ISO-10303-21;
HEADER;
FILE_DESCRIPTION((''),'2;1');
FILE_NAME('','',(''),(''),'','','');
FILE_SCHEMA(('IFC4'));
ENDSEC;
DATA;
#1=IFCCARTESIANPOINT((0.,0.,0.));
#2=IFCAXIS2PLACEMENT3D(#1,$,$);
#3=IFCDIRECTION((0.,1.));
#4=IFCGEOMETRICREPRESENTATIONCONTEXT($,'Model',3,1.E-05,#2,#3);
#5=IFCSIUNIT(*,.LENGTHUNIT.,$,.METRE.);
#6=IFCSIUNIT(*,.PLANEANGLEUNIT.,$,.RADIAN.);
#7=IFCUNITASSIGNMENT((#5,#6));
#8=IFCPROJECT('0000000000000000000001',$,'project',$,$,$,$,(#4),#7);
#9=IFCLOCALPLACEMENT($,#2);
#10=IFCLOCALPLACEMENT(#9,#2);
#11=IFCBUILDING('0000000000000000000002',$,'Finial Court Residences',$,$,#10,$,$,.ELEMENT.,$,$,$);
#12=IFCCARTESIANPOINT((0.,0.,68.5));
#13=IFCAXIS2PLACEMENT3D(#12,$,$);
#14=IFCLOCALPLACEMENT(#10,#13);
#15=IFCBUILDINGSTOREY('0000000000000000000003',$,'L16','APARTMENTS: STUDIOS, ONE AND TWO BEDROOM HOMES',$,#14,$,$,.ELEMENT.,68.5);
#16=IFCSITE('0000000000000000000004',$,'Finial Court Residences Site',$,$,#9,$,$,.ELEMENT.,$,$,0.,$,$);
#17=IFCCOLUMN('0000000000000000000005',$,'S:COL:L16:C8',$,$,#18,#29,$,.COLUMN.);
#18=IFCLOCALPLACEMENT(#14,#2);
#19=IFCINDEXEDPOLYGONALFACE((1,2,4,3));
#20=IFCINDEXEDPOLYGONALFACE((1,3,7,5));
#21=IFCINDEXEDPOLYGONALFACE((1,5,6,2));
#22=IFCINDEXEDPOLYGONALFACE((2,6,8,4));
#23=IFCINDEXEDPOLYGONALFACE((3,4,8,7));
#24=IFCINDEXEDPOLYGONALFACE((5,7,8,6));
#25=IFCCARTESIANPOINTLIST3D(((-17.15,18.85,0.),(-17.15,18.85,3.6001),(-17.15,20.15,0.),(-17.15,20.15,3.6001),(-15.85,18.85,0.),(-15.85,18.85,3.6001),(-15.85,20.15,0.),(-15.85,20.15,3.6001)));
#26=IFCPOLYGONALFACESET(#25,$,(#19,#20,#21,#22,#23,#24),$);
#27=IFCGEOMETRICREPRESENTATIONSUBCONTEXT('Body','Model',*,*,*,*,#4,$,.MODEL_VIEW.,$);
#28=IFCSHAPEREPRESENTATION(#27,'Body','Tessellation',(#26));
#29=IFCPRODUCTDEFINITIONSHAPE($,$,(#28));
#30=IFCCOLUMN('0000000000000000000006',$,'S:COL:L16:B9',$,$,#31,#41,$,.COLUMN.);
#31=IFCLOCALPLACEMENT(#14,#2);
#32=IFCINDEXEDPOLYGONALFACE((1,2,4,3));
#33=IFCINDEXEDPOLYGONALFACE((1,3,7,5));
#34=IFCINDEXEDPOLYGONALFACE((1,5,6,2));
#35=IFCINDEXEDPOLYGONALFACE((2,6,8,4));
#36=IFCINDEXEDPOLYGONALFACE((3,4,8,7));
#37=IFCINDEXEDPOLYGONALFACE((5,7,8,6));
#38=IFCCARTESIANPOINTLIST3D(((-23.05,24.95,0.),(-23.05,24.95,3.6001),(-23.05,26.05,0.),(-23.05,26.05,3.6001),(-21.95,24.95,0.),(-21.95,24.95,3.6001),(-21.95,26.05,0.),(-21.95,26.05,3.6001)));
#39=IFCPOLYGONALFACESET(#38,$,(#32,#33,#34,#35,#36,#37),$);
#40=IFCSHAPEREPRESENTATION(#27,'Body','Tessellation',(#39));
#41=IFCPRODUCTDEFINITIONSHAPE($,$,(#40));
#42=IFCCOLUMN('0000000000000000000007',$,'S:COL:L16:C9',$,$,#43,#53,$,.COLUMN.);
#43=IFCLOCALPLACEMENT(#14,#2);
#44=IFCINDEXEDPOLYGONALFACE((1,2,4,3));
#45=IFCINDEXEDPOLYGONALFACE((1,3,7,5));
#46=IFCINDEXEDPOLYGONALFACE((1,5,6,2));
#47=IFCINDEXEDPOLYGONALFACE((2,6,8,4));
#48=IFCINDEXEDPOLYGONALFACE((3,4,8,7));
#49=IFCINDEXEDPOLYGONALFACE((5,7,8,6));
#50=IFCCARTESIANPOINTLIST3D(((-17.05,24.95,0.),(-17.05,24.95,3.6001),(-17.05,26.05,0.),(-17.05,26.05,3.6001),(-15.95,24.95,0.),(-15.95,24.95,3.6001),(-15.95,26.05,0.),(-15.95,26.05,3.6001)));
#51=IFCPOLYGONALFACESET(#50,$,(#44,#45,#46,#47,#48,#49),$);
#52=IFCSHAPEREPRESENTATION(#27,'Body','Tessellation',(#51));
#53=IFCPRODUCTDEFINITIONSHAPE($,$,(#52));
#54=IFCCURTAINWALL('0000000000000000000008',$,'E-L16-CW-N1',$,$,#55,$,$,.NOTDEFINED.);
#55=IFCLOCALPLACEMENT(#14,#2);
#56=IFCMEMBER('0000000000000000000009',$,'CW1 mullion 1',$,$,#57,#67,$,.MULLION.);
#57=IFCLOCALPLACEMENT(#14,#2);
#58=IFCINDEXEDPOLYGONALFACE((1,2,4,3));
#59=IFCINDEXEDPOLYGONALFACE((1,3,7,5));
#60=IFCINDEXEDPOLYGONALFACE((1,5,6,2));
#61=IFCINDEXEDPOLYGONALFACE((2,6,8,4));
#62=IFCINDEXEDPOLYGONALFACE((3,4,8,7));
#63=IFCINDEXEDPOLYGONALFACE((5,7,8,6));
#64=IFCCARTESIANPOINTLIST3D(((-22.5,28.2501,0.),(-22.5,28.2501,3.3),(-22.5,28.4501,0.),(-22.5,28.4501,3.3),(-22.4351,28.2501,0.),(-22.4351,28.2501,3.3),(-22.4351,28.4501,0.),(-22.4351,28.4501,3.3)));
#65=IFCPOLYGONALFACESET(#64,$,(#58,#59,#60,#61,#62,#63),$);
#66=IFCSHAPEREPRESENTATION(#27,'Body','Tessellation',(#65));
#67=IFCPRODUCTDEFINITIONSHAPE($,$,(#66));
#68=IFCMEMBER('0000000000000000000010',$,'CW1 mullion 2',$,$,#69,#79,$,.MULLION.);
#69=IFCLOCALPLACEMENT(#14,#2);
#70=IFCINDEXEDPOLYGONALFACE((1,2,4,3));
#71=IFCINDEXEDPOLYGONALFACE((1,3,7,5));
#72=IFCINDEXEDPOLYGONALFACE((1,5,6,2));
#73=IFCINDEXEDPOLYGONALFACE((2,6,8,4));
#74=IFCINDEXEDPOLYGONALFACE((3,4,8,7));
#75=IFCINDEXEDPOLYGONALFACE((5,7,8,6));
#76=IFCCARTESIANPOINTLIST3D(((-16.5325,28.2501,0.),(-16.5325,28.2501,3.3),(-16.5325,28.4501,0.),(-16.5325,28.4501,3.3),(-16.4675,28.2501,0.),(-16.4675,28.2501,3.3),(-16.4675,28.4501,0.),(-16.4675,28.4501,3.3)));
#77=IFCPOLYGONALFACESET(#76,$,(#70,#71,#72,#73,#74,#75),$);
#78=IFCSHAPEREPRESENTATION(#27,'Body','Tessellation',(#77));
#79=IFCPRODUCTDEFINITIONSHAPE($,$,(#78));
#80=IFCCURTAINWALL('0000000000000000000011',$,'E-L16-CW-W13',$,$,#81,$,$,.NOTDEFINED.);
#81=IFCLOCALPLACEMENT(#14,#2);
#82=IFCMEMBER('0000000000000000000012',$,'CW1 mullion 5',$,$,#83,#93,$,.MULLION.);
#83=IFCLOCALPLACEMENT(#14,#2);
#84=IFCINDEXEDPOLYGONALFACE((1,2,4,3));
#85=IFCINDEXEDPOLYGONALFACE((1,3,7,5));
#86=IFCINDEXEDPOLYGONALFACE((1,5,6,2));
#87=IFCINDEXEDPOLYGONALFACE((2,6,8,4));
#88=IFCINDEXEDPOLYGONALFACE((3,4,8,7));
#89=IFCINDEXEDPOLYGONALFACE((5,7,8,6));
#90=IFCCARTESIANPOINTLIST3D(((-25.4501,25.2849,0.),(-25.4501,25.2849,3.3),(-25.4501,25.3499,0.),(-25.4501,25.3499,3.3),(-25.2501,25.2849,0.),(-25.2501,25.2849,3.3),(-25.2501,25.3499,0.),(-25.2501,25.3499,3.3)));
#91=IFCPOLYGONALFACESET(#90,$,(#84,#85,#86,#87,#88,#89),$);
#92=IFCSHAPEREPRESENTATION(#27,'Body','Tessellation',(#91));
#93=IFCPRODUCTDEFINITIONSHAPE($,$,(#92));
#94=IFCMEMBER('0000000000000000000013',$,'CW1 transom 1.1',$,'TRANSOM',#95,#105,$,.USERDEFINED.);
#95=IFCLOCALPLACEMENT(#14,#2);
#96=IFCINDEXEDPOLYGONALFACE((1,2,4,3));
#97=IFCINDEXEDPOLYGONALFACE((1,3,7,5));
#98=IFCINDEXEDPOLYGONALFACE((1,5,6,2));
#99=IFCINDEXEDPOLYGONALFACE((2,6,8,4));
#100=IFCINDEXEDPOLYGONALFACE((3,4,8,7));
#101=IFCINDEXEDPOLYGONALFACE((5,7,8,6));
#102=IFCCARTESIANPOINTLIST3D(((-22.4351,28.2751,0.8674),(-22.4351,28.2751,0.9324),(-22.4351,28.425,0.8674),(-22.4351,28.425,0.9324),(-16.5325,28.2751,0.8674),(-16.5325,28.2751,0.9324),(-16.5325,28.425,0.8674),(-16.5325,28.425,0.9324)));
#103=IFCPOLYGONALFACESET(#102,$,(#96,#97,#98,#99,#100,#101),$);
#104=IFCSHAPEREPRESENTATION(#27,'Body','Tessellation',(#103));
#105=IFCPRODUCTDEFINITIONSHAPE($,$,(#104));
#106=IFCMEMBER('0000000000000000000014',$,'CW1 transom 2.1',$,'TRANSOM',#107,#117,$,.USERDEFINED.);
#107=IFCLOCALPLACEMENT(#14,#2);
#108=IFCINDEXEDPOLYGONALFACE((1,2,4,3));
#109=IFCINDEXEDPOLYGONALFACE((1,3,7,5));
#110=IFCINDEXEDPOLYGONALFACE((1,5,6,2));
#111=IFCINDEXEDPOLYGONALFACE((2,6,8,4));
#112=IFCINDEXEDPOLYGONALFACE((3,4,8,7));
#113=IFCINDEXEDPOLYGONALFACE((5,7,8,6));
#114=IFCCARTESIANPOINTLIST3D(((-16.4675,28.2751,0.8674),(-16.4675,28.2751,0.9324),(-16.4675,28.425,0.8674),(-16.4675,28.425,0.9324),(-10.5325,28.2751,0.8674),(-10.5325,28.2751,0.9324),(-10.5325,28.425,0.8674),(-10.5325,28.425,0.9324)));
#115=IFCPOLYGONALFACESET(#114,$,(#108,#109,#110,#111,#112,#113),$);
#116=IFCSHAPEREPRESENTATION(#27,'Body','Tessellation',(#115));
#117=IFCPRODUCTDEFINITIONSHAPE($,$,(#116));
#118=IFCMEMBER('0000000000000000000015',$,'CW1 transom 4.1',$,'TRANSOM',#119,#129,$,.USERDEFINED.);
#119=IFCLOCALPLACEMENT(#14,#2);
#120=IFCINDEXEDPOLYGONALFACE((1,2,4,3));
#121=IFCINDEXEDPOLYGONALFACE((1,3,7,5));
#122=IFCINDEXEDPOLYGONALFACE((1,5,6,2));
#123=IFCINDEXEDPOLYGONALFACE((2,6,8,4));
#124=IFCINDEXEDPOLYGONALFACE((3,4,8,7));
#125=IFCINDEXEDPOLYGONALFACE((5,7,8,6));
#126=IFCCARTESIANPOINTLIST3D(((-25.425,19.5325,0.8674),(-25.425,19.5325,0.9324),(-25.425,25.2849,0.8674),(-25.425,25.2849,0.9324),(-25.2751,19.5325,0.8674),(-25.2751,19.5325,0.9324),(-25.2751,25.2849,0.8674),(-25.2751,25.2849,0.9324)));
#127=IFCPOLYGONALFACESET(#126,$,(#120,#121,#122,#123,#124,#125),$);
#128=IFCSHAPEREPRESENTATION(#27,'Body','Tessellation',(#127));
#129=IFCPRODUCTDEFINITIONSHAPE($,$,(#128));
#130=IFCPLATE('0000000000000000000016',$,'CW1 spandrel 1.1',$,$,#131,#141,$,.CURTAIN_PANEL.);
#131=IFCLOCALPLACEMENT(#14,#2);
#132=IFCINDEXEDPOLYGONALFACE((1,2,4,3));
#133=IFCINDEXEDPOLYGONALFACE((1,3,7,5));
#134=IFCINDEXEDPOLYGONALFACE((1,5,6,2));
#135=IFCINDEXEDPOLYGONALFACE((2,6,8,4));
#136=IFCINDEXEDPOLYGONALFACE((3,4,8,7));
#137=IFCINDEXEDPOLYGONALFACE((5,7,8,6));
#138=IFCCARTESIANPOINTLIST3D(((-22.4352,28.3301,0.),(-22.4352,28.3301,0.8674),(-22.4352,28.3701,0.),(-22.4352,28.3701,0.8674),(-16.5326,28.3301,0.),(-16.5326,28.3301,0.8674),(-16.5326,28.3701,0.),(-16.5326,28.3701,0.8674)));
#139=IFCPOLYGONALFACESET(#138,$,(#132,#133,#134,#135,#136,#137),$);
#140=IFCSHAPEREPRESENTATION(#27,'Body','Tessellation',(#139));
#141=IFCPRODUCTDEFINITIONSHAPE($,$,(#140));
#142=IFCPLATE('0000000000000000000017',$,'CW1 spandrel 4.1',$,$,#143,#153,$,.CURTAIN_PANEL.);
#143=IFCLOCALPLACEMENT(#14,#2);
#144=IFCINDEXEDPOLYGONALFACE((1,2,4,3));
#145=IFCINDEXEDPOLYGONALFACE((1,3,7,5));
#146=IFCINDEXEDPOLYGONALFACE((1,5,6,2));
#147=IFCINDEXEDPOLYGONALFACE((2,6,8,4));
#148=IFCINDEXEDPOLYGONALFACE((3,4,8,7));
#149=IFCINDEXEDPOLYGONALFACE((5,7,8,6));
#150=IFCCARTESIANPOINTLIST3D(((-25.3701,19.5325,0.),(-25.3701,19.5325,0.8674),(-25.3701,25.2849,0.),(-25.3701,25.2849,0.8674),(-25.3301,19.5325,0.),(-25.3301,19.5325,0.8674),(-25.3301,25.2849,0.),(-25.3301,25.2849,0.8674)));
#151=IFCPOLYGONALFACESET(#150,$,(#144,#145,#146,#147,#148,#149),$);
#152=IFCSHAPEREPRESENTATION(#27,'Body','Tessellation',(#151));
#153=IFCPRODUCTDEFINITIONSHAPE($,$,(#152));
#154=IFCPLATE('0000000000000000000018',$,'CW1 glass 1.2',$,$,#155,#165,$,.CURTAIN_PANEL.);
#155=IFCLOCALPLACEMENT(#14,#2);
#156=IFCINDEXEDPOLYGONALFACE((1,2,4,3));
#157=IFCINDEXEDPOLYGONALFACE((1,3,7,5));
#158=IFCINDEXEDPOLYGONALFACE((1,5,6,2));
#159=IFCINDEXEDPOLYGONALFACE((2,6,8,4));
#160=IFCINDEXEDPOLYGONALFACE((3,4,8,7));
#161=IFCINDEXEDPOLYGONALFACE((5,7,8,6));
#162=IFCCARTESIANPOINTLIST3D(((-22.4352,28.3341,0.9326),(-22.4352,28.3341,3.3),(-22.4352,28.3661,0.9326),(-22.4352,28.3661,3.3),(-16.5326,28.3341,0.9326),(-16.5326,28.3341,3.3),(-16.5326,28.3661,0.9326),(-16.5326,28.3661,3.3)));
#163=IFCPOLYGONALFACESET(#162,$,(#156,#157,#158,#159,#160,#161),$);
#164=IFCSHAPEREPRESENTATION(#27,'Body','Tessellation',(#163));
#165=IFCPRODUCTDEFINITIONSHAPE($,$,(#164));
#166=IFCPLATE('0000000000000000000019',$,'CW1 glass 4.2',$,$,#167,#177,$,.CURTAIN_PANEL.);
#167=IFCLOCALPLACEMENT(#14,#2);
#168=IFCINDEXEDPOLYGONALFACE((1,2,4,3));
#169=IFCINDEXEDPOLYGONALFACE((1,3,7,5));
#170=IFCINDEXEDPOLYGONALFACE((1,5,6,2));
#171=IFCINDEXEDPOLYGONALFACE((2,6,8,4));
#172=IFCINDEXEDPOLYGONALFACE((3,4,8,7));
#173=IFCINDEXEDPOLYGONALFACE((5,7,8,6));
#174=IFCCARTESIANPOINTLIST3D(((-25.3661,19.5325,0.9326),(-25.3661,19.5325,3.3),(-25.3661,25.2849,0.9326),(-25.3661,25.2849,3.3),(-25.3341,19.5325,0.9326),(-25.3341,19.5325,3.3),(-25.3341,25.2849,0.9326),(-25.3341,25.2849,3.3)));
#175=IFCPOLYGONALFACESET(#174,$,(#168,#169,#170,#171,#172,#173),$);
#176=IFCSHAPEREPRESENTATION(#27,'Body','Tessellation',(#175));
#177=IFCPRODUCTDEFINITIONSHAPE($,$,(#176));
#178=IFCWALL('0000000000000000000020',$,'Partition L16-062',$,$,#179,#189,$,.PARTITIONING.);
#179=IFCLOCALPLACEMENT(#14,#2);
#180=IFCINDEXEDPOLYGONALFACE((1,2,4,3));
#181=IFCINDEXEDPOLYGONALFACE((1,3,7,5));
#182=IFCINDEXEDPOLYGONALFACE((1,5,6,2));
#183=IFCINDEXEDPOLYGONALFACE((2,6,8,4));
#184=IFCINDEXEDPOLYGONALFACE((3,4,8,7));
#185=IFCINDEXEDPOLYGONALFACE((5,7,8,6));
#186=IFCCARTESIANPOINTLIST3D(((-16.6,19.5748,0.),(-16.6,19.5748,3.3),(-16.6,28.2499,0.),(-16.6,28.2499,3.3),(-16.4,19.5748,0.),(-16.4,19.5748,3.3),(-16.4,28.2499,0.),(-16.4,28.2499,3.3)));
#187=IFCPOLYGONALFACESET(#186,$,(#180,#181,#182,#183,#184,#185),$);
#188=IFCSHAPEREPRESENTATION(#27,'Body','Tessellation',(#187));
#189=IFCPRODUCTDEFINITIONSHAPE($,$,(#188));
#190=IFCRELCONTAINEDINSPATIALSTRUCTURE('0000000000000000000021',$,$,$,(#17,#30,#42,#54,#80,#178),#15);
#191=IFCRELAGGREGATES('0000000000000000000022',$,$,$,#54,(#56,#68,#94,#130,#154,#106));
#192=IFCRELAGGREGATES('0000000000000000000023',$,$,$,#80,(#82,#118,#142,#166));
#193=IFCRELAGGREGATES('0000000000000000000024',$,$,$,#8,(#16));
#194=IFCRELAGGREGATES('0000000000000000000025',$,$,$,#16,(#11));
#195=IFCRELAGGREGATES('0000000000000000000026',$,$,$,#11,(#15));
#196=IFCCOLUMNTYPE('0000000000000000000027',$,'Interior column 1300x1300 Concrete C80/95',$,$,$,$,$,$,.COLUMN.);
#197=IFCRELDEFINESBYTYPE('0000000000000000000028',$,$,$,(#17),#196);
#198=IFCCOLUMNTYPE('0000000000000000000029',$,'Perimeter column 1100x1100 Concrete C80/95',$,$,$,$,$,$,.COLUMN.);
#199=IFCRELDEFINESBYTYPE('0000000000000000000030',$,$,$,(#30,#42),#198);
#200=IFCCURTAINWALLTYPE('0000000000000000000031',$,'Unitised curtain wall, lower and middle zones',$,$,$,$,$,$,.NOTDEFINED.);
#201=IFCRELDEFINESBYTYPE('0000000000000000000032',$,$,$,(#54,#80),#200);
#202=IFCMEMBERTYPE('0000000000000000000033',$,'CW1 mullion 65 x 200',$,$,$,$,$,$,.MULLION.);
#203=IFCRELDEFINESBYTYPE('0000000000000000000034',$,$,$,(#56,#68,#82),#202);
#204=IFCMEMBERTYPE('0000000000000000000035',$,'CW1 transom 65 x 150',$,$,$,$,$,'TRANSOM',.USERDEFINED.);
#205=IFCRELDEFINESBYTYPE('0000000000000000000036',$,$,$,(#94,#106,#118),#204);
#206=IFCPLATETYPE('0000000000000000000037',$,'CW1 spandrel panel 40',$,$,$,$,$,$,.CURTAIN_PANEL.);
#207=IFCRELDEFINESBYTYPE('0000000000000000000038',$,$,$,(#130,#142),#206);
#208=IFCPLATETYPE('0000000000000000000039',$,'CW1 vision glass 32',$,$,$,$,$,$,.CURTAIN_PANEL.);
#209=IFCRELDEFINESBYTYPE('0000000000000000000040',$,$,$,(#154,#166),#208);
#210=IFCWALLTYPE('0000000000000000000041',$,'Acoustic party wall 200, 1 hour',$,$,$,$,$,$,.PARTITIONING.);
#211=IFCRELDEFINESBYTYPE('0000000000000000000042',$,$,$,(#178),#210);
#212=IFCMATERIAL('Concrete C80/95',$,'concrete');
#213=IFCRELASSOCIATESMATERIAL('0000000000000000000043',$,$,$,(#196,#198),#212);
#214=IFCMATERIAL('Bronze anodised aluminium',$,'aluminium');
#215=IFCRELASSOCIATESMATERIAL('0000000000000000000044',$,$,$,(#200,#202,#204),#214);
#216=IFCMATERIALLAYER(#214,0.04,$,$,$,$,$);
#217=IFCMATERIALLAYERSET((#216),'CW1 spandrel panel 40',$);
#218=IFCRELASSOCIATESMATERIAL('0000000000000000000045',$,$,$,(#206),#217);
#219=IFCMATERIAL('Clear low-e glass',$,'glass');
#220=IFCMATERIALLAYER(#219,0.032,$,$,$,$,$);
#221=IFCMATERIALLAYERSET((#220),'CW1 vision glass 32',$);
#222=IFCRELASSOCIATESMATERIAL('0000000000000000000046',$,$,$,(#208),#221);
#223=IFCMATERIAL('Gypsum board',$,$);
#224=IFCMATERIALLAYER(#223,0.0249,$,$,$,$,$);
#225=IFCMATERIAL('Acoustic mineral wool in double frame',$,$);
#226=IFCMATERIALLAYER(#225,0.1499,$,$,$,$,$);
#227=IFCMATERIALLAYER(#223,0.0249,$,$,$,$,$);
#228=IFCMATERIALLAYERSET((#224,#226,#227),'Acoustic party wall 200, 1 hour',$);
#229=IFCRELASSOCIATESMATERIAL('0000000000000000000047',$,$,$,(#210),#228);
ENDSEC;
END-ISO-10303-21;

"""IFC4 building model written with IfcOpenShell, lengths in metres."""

from ifc_helpers import new_model, si_unit, direction, frame, frame_2d, origin, origin_2d, place, context, subcontext, project, spatial, rectangle, extrude, material, layer, layer_set, material_profile, profile_set, type_object, element, aggregate, save


model = new_model("IFC4")

# Units and contexts
model_context = context("Model", 3, precision=1e-05, world=origin(), true_north=direction((0.0, 1.0)))
body_context = subcontext(model_context, "Body", "Model", "MODEL_VIEW")
ifc_project = project(units=[si_unit("LENGTHUNIT", "METRE"), si_unit("PLANEANGLEUNIT", "RADIAN")], contexts=[model_context])

# Site, building, storey
site_placement = place(None, origin())
site = spatial("IfcSite", under=ifc_project, at=site_placement, Name="Finial Court Residences Site", CompositionType="ELEMENT", RefElevation=0.0)
building_placement = place(site_placement, origin())
building = spatial("IfcBuilding", under=site, at=building_placement, Name="Finial Court Residences", CompositionType="ELEMENT")
storey_placement = place(building_placement, frame((0.0, 0.0, 68.5)))
storey = spatial("IfcBuildingStorey", under=building, at=storey_placement, Name="L16", Description="APARTMENTS: STUDIOS, ONE AND TWO BEDROOM HOMES", CompositionType="ELEMENT", Elevation=68.5)

# Columns
ifc_material_1 = material(Name="Concrete C80/95", Category="concrete")
ifc_material_profile_1 = material_profile(ifc_material_1, rectangle(XDim=1.3, YDim=1.3, at=origin_2d()), Name="1300x1300")
ifc_profile_set_1 = profile_set([ifc_material_profile_1], Name="Concrete C80/95")
column_type_1 = type_object("IfcColumnType", Name="Interior column 1300x1300 Concrete C80/95", PredefinedType="COLUMN", material=ifc_profile_set_1)
column_placement = place(storey_placement, frame((-16.5, 19.5, 0.0), z_axis=(0.0, 0.0, 1.0), x_axis=(1.0, 0.0, 0.0)))
element("IfcColumn", 1, at=column_placement, inside=storey, type_object=column_type_1, Name="S:COL:L16:C8", PredefinedType="COLUMN", context=body_context, shape_type="SweptSolid", body=[
    extrude(rectangle(XDim=1.3, YDim=1.3, at=origin_2d()), origin(), (0.0, 0.0, 1.0), 3.6001),
])
ifc_material_profile_2 = material_profile(ifc_material_1, rectangle(XDim=1.1001, YDim=1.1001, at=origin_2d()), Name="1100x1100")
ifc_profile_set_2 = profile_set([ifc_material_profile_2], Name="Concrete C80/95")
column_type_2 = type_object("IfcColumnType", Name="Perimeter column 1100x1100 Concrete C80/95", PredefinedType="COLUMN", material=ifc_profile_set_2)
for number, where, z_axis, x_axis, name in (
    (2, (-22.5, 25.5, 0.0), (0.0, 0.0, 1.0), (1.0, 0.0, 0.0), "S:COL:L16:B9"),
    (3, (-16.5, 25.5, 0.0), (0.0, 0.0, 1.0), (1.0, 0.0, 0.0), "S:COL:L16:C9"),
):
    element("IfcColumn", number, at=place(storey_placement, frame(where, z_axis=z_axis, x_axis=x_axis)), inside=storey, type_object=column_type_2, Name=name, PredefinedType="COLUMN", context=body_context, shape_type="SweptSolid", body=[
        extrude(rectangle(XDim=1.1001, YDim=1.1001, at=origin_2d()), origin(), (0.0, 0.0, 1.0), 3.6001),
    ])

# Curtain wall, members
ifc_material_2 = material(Name="Bronze anodised aluminium", Category="aluminium")
curtain_wall_type = type_object("IfcCurtainWallType", Name="Unitised curtain wall, lower and middle zones", PredefinedType="NOTDEFINED", material=ifc_material_2)
curtain_wall_1_placement = place(storey_placement, origin())
curtain_wall_1 = element("IfcCurtainWall", 4, at=curtain_wall_1_placement, inside=storey, type_object=curtain_wall_type, Name="E-L16-CW-N1", PredefinedType="NOTDEFINED")
ifc_material_profile_3 = material_profile(ifc_material_2, rectangle(XDim=0.2, YDim=0.0649, at=origin_2d()), Name="CW1 mullion 65 x 200")
ifc_profile_set_3 = profile_set([ifc_material_profile_3], Name="Bronze anodised aluminium")
member_type_1 = type_object("IfcMemberType", Name="CW1 mullion 65 x 200", PredefinedType="MULLION", material=ifc_profile_set_3)
member_1_placement = place(storey_placement, frame((-22.4675, 28.3501, 0.0), z_axis=(0.0, 0.0, 1.0), x_axis=(0.0, 1.0, 0.0)))
member_1 = element("IfcMember", 5, at=member_1_placement, type_object=member_type_1, Name="CW1 mullion 1", PredefinedType="MULLION", context=body_context, shape_type="SweptSolid", body=[
    extrude(rectangle(XDim=0.2, YDim=0.0649, at=origin_2d()), origin(), (0.0, 0.0, 1.0), 3.3),
])
member_2_placement = place(storey_placement, frame((-16.5, 28.3501, 0.0), z_axis=(0.0, 0.0, 1.0), x_axis=(0.0, 1.0, 0.0)))
member_2 = element("IfcMember", 6, at=member_2_placement, type_object=member_type_1, Name="CW1 mullion 2", PredefinedType="MULLION", context=body_context, shape_type="SweptSolid", body=[
    extrude(rectangle(XDim=0.2, YDim=0.0649, at=origin_2d()), origin(), (0.0, 0.0, 1.0), 3.3),
])

# Curtain wall, member
curtain_wall_2_placement = place(storey_placement, origin())
curtain_wall_2 = element("IfcCurtainWall", 7, at=curtain_wall_2_placement, inside=storey, type_object=curtain_wall_type, Name="E-L16-CW-W13", PredefinedType="NOTDEFINED")
member_3_placement = place(storey_placement, frame((-25.3501, 25.3174, 0.0), z_axis=(0.0, 0.0, 1.0), x_axis=(-1.0, 0.0, 0.0)))
member_3 = element("IfcMember", 8, at=member_3_placement, type_object=member_type_1, Name="CW1 mullion 5", PredefinedType="MULLION", context=body_context, shape_type="SweptSolid", body=[
    extrude(rectangle(XDim=0.2, YDim=0.0649, at=origin_2d()), origin(), (0.0, 0.0, 1.0), 3.3),
])

# Members
ifc_material_profile_4 = material_profile(ifc_material_2, rectangle(XDim=0.1499, YDim=0.0649, at=origin_2d()), Name="CW1 transom 65 x 150")
ifc_profile_set_4 = profile_set([ifc_material_profile_4], Name="Bronze anodised aluminium")
member_type_2 = type_object("IfcMemberType", Name="CW1 transom 65 x 150", ElementType="TRANSOM", PredefinedType="USERDEFINED", material=ifc_profile_set_4)
member_4_placement = place(storey_placement, frame((-22.4351, 28.3501, 0.8999), z_axis=(1.0, 0.0, 0.0), x_axis=(0.0, 1.0, 0.0)))
member_4 = element("IfcMember", 9, at=member_4_placement, type_object=member_type_2, Name="CW1 transom 1.1", ObjectType="TRANSOM", PredefinedType="USERDEFINED", context=body_context, shape_type="SweptSolid", body=[
    extrude(rectangle(XDim=0.1499, YDim=0.0649, at=origin_2d()), origin(), (0.0, 0.0, 1.0), 5.9026),
])
member_5_placement = place(storey_placement, frame((-16.4675, 28.3501, 0.8999), z_axis=(1.0, 0.0, 0.0), x_axis=(0.0, 1.0, 0.0)))
member_5 = element("IfcMember", 10, at=member_5_placement, type_object=member_type_2, Name="CW1 transom 2.1", ObjectType="TRANSOM", PredefinedType="USERDEFINED", context=body_context, shape_type="SweptSolid", body=[
    extrude(rectangle(XDim=0.1499, YDim=0.0649, at=origin_2d()), origin(), (0.0, 0.0, 1.0), 5.9351),
])
member_6_placement = place(storey_placement, frame((-25.3501, 19.5325, 0.8999), z_axis=(0.0, 1.0, 0.0), x_axis=(-1.0, 0.0, 0.0)))
member_6 = element("IfcMember", 11, at=member_6_placement, type_object=member_type_2, Name="CW1 transom 4.1", ObjectType="TRANSOM", PredefinedType="USERDEFINED", context=body_context, shape_type="SweptSolid", body=[
    extrude(rectangle(XDim=0.1499, YDim=0.0649, at=origin_2d()), origin(), (0.0, 0.0, 1.0), 5.7524),
])

# Plates
ifc_layer_1 = layer(ifc_material_2, 0.04)
ifc_layer_set_1 = layer_set([ifc_layer_1], Name="CW1 spandrel panel 40")
plate_type_1 = type_object("IfcPlateType", Name="CW1 spandrel panel 40", PredefinedType="CURTAIN_PANEL", material=ifc_layer_set_1)
plate_1_placement = place(storey_placement, frame((-19.4839, 28.3501, 0.0), z_axis=(0.0, 0.0, 1.0), x_axis=(1.0, 0.0, 0.0)))
plate_1 = element("IfcPlate", 12, at=plate_1_placement, type_object=plate_type_1, Name="CW1 spandrel 1.1", PredefinedType="CURTAIN_PANEL", context=body_context, shape_type="SweptSolid", body=[
    extrude(rectangle(XDim=5.9026, YDim=0.04, at=origin_2d()), origin(), (0.0, 0.0, 1.0), 0.8674),
])
plate_2_placement = place(storey_placement, frame((-25.3501, 22.4087, 0.0), z_axis=(0.0, 0.0, 1.0), x_axis=(0.0, 1.0, 0.0)))
plate_2 = element("IfcPlate", 13, at=plate_2_placement, type_object=plate_type_1, Name="CW1 spandrel 4.1", PredefinedType="CURTAIN_PANEL", context=body_context, shape_type="SweptSolid", body=[
    extrude(rectangle(XDim=5.7524, YDim=0.04, at=origin_2d()), origin(), (0.0, 0.0, 1.0), 0.8674),
])
ifc_material_3 = material(Name="Clear low-e glass", Category="glass")
ifc_layer_2 = layer(ifc_material_3, 0.032)
ifc_layer_set_2 = layer_set([ifc_layer_2], Name="CW1 vision glass 32")
plate_type_2 = type_object("IfcPlateType", Name="CW1 vision glass 32", PredefinedType="CURTAIN_PANEL", material=ifc_layer_set_2)
plate_3_placement = place(storey_placement, frame((-19.4839, 28.3501, 0.9326), z_axis=(0.0, 0.0, 1.0), x_axis=(1.0, 0.0, 0.0)))
plate_3 = element("IfcPlate", 14, at=plate_3_placement, type_object=plate_type_2, Name="CW1 glass 1.2", PredefinedType="CURTAIN_PANEL", context=body_context, shape_type="SweptSolid", body=[
    extrude(rectangle(XDim=5.9026, YDim=0.032, at=origin_2d()), origin(), (0.0, 0.0, 1.0), 2.3674),
])
aggregate(curtain_wall_1, [member_1, member_2, member_4, plate_1, plate_3, member_5])
plate_4_placement = place(storey_placement, frame((-25.3501, 22.4087, 0.9326), z_axis=(0.0, 0.0, 1.0), x_axis=(0.0, 1.0, 0.0)))
plate_4 = element("IfcPlate", 15, at=plate_4_placement, type_object=plate_type_2, Name="CW1 glass 4.2", PredefinedType="CURTAIN_PANEL", context=body_context, shape_type="SweptSolid", body=[
    extrude(rectangle(XDim=5.7524, YDim=0.032, at=origin_2d()), origin(), (0.0, 0.0, 1.0), 2.3674),
])
aggregate(curtain_wall_2, [member_3, member_6, plate_2, plate_4])

# Wall
ifc_material_4 = material(Name="Gypsum board")
ifc_layer_3 = layer(ifc_material_4, 0.0249)
ifc_material_5 = material(Name="Acoustic mineral wool in double frame")
ifc_layer_4 = layer(ifc_material_5, 0.1499)
ifc_layer_5 = layer(ifc_material_4, 0.0249)
ifc_layer_set_3 = layer_set([ifc_layer_3, ifc_layer_4, ifc_layer_5], Name="Acoustic party wall 200, 1 hour")
wall_type_1 = type_object("IfcWallType", Name="Acoustic party wall 200, 1 hour", PredefinedType="PARTITIONING", material=ifc_layer_set_3)
wall_1_placement = place(storey_placement, frame((-16.5, 19.575, 0.0), z_axis=(0.0, 0.0, 1.0), x_axis=(0.0, 1.0, 0.0)))
element("IfcWall", 16, at=wall_1_placement, inside=storey, type_object=wall_type_1, Name="Partition L16-062", PredefinedType="PARTITIONING", context=body_context, shape_type="SweptSolid", body=[
    extrude(rectangle(XDim=8.675, YDim=0.2, at=frame_2d((4.3374, 0.0))), origin(), (0.0, 0.0, 1.0), 3.3),
])

save(model, "model.ifc")
